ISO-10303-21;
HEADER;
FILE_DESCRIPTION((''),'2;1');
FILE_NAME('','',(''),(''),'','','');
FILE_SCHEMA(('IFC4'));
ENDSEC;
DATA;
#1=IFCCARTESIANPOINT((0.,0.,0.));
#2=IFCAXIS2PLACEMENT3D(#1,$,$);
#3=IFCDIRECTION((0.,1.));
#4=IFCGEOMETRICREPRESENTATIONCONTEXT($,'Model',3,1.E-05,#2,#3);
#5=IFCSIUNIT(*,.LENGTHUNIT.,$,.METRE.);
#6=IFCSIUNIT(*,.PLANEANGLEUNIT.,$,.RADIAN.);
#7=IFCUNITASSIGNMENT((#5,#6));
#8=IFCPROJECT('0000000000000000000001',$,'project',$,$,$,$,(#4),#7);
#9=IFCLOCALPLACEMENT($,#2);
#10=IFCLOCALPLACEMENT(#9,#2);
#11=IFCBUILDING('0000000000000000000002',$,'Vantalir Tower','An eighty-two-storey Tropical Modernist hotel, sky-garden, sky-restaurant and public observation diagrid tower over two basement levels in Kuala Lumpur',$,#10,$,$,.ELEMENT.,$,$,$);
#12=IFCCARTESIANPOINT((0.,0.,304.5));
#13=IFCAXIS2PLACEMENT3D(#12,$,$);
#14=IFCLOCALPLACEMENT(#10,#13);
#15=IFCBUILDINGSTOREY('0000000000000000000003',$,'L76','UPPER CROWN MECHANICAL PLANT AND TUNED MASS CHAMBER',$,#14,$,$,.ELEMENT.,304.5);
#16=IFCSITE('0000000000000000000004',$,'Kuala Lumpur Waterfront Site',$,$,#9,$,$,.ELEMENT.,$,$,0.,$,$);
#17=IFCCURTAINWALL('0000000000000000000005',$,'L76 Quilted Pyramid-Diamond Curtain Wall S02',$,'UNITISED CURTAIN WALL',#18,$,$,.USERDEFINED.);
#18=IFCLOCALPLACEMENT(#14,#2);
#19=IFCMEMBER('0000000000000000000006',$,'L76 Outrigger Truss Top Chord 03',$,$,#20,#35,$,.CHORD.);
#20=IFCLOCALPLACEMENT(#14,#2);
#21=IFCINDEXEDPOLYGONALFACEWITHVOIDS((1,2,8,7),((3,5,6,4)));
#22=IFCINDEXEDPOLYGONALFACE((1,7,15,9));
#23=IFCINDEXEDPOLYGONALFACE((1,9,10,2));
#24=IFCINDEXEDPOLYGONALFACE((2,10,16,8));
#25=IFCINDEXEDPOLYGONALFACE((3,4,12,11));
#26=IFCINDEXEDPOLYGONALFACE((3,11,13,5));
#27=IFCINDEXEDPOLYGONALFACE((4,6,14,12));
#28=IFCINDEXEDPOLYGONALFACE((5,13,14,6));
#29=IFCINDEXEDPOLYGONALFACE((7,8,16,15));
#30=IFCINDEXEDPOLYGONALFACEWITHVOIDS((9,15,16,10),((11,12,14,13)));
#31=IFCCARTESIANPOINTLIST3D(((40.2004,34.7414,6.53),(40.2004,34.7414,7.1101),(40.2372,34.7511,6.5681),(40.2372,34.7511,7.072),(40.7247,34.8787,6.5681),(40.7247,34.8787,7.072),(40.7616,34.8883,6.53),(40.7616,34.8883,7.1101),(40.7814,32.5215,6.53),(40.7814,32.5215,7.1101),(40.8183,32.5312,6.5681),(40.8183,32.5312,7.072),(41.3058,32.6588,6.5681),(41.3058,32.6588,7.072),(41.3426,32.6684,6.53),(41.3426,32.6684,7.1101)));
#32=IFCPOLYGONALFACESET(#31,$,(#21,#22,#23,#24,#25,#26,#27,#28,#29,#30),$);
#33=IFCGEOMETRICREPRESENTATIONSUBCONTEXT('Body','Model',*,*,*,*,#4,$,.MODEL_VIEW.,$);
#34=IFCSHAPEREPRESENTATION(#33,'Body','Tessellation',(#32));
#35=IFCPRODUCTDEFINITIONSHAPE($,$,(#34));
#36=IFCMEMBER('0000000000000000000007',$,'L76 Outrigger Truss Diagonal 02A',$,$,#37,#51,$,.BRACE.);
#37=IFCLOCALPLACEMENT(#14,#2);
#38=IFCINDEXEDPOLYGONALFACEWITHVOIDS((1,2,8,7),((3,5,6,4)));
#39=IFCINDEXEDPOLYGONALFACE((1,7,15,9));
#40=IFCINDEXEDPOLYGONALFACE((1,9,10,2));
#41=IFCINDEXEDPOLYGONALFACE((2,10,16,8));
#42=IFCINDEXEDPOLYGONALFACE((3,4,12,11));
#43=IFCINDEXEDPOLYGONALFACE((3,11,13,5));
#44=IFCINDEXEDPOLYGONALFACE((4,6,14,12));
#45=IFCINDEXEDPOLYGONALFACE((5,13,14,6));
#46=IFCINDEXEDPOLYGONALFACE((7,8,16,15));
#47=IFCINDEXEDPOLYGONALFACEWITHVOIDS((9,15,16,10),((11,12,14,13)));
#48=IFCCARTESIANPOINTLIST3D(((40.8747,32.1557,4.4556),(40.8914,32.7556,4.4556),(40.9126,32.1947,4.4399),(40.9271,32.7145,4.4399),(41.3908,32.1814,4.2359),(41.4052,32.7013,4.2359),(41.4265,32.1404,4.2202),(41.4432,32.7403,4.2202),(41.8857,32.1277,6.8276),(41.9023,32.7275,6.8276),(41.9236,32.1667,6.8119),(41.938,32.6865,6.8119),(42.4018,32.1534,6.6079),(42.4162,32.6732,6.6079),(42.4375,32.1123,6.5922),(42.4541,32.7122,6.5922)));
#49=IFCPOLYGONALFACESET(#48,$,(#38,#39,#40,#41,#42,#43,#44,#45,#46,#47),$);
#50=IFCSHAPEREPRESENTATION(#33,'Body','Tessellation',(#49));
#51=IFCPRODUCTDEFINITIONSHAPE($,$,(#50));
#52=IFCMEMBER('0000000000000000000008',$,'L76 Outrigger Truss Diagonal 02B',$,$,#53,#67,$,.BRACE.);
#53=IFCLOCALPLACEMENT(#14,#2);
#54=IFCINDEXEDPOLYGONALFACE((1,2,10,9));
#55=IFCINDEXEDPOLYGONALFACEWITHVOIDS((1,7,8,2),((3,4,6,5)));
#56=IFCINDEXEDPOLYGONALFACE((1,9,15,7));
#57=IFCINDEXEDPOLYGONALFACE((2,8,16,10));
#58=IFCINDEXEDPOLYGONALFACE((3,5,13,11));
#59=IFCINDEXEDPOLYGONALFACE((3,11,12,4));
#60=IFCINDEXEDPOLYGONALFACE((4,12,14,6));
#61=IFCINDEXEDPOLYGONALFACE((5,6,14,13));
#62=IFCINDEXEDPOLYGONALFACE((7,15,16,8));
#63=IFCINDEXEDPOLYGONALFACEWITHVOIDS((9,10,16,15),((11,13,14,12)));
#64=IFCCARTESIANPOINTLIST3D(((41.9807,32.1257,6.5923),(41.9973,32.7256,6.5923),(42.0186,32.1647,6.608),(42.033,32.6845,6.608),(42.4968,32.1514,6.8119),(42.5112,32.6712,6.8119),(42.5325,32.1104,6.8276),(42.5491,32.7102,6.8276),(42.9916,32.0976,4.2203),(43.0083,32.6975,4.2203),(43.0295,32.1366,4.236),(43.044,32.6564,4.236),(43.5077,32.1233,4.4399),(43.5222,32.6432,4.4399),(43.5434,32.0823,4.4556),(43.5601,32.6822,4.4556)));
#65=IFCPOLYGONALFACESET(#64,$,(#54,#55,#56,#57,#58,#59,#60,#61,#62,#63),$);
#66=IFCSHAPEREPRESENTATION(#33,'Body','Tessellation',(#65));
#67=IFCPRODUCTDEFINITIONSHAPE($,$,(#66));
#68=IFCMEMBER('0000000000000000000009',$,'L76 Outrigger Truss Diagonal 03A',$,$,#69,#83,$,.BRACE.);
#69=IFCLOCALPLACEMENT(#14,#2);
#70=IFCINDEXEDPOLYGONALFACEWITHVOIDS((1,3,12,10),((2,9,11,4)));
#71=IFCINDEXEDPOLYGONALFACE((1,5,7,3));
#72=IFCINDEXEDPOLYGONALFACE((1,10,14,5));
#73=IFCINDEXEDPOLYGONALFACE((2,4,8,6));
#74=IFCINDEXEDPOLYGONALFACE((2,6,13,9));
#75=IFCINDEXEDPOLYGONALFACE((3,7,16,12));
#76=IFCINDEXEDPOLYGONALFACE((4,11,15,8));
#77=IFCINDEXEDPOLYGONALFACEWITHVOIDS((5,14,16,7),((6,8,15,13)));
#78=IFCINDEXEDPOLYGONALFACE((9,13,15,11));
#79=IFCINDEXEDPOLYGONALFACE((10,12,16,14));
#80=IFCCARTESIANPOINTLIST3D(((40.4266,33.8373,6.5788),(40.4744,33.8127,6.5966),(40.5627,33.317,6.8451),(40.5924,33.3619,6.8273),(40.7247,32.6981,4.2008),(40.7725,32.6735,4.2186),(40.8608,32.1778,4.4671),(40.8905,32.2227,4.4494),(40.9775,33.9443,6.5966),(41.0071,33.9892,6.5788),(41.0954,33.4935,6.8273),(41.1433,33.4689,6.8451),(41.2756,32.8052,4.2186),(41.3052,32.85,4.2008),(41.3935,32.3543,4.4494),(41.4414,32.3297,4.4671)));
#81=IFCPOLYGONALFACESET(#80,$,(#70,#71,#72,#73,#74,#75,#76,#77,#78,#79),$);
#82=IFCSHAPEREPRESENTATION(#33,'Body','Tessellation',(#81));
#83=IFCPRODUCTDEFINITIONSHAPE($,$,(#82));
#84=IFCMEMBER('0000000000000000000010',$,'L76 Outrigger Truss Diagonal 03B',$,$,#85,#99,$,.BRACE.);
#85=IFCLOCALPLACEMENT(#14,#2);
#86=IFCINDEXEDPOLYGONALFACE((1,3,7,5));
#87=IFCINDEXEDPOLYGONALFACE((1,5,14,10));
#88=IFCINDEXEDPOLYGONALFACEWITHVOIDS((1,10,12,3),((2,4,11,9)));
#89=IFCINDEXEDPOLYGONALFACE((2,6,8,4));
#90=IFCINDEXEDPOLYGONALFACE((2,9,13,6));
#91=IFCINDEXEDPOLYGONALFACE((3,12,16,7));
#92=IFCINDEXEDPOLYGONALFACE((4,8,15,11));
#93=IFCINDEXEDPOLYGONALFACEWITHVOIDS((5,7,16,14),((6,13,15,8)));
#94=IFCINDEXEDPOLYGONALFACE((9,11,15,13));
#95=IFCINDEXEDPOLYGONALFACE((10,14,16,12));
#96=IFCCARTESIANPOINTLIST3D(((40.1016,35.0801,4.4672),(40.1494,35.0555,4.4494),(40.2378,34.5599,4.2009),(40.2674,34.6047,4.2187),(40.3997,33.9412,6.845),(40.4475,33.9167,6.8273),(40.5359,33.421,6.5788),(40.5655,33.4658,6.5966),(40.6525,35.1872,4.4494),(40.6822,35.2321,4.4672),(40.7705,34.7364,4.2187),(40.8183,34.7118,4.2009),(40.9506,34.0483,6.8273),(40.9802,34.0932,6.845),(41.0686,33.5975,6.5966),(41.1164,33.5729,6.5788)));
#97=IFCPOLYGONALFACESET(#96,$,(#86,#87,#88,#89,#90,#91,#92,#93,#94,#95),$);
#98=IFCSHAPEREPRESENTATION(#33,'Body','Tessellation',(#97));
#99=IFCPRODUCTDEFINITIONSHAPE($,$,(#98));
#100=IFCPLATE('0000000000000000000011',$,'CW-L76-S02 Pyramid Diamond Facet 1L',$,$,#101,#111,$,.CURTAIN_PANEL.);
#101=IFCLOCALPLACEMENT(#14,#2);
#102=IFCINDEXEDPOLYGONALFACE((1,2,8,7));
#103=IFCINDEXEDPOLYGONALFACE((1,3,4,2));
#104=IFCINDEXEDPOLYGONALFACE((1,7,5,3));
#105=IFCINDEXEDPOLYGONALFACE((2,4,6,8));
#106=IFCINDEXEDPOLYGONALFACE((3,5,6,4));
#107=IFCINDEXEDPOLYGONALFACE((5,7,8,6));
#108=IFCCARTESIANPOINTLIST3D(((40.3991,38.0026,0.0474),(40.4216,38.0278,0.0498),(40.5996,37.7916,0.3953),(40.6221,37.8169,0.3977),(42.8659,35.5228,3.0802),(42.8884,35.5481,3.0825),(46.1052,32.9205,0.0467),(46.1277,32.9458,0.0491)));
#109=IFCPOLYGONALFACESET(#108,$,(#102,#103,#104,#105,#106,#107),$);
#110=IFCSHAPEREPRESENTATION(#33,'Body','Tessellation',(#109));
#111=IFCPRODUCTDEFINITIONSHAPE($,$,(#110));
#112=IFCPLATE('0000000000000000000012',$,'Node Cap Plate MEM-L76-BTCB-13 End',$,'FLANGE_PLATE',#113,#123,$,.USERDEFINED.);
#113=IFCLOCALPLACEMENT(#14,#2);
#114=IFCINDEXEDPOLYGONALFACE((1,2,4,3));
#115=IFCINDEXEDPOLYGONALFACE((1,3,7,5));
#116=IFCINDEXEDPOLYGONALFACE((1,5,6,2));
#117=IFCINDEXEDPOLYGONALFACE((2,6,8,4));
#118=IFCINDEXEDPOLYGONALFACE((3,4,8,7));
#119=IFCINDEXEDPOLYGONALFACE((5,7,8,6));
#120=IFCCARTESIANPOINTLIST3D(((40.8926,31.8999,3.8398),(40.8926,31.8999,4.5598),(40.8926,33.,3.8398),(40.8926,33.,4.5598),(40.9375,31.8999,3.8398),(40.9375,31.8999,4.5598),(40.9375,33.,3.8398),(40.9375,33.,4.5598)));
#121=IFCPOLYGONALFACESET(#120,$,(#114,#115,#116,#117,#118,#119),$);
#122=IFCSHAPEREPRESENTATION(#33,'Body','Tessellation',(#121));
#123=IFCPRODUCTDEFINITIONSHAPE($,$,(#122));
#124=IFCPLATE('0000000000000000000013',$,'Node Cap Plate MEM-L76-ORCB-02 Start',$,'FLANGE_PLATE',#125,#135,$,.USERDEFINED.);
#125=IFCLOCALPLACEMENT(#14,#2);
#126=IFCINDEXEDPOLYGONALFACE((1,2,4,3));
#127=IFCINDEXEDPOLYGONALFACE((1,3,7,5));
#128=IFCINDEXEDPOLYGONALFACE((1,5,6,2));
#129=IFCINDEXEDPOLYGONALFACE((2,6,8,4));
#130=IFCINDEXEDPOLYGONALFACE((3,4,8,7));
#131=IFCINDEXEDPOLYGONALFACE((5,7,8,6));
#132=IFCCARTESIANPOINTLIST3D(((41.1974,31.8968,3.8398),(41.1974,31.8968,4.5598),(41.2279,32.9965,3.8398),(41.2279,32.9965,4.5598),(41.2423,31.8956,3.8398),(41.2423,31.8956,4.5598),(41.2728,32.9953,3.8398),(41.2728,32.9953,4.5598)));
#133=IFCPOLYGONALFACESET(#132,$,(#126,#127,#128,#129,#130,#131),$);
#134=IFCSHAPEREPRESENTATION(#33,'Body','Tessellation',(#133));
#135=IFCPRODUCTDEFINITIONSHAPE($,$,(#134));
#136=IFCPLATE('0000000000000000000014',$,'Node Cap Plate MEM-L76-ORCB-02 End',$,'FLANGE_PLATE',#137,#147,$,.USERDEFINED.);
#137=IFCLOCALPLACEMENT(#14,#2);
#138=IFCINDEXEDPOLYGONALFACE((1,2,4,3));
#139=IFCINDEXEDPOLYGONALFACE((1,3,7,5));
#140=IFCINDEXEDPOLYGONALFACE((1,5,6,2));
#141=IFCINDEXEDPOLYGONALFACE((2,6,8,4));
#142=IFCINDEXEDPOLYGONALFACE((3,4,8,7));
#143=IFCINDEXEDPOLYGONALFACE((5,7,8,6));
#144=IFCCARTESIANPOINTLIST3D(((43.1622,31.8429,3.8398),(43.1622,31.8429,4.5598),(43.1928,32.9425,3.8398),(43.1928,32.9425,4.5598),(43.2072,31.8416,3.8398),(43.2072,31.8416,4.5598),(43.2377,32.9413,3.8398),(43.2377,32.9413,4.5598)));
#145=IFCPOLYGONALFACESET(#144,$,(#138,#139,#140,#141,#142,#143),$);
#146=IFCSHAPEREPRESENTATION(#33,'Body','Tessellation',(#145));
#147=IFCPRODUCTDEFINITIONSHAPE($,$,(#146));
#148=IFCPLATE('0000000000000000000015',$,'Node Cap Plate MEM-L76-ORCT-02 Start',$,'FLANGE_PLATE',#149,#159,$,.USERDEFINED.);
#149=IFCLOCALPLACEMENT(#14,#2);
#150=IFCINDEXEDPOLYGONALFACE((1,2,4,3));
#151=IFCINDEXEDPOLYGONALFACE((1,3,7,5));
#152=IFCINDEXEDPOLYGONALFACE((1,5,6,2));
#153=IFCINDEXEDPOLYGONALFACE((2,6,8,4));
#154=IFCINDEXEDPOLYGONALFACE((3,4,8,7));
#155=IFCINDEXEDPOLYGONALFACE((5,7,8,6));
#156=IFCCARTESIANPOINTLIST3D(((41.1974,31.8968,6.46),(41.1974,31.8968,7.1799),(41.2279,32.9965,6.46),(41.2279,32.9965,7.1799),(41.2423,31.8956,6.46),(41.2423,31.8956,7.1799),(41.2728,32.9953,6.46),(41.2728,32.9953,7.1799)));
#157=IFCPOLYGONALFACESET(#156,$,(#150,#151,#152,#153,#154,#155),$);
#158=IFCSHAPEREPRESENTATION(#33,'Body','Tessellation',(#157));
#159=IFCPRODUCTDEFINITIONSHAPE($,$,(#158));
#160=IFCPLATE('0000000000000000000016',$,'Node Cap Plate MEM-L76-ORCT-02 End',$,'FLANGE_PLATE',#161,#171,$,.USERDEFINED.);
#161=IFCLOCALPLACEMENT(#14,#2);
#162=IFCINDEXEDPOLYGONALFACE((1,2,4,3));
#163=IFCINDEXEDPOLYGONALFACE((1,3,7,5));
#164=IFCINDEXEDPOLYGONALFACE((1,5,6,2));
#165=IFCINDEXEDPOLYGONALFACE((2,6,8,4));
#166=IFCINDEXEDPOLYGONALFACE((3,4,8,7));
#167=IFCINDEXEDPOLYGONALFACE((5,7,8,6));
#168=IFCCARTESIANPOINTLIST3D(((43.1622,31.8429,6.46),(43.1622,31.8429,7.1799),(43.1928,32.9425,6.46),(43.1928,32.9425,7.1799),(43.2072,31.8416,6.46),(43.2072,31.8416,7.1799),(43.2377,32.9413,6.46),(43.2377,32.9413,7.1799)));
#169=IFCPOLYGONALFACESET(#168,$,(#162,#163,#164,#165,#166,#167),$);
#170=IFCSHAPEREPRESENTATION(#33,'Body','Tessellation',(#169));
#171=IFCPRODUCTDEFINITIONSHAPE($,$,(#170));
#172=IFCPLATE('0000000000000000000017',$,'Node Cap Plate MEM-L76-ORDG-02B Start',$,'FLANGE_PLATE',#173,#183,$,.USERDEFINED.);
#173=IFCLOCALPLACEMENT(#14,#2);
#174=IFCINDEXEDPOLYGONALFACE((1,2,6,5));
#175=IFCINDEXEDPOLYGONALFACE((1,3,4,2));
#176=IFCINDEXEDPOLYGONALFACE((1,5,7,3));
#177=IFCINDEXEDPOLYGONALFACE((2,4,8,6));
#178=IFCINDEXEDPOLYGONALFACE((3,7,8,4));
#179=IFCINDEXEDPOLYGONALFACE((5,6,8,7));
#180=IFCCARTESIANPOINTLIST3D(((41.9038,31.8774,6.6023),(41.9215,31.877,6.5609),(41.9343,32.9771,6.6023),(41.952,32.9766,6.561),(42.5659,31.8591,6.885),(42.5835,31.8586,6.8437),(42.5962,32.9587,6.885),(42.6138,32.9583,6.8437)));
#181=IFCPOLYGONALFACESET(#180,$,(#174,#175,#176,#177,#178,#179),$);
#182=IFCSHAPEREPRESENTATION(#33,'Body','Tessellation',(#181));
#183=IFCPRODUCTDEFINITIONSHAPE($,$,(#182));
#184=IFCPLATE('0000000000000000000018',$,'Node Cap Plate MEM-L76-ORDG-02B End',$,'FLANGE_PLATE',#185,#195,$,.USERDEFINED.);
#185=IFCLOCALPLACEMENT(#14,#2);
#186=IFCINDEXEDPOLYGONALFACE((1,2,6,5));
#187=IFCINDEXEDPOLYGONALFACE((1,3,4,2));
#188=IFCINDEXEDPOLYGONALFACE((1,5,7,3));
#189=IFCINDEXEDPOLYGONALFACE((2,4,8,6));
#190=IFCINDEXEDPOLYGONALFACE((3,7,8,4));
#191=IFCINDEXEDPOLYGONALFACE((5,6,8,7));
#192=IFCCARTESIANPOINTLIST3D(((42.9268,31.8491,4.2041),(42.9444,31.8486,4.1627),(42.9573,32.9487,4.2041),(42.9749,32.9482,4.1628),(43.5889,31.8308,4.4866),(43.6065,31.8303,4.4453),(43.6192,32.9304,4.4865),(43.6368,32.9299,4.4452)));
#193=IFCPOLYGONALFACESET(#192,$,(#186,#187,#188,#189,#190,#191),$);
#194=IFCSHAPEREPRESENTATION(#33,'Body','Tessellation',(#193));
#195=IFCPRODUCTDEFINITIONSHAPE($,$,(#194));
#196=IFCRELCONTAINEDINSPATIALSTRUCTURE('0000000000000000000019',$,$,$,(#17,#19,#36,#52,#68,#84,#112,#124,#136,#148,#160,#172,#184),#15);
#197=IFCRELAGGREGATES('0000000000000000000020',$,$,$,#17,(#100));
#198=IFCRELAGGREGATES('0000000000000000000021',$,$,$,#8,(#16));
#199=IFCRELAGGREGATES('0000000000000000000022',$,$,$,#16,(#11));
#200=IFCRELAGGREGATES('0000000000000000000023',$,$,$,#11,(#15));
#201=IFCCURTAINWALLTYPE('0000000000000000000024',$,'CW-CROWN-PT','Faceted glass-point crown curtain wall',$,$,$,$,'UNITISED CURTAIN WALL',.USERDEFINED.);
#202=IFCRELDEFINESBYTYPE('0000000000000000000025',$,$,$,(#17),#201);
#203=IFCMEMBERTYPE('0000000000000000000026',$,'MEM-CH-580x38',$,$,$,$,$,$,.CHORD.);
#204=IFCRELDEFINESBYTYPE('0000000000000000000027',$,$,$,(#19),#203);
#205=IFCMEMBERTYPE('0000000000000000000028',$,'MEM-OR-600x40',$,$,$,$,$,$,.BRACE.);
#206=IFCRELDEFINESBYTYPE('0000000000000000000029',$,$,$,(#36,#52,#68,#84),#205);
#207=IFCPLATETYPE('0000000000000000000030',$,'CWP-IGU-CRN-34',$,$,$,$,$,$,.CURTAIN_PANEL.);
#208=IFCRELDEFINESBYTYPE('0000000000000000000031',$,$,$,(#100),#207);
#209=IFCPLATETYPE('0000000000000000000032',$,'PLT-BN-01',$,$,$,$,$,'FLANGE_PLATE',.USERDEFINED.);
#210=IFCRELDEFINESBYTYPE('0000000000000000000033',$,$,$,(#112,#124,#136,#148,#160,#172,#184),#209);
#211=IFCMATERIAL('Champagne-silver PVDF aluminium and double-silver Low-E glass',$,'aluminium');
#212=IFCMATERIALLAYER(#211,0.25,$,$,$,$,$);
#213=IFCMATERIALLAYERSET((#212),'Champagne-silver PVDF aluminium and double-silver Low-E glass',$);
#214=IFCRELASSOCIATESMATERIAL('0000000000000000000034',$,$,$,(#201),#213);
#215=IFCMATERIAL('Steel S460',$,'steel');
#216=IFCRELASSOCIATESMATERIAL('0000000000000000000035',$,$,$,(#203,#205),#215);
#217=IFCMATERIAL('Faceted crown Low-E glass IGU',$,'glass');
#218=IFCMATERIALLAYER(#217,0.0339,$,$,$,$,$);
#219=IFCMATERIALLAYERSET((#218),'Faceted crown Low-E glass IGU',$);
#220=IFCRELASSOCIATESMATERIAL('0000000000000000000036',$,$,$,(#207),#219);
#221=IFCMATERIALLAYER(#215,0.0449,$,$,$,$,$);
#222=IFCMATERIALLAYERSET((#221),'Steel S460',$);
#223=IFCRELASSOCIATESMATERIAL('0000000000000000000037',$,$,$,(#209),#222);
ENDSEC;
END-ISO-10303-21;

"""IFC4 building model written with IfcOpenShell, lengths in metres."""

from ifc_helpers import new_model, si_unit, direction, frame, origin, origin_2d, place, context, subcontext, project, spatial, polyline, rectangle, hollow_rectangle, outline, extrude, material, layer, layer_set, material_profile, profile_set, type_object, element, aggregate, save


model = new_model("IFC4")

# Units and contexts
model_context = context("Model", 3, precision=1e-05, world=origin(), true_north=direction((0.0, 1.0)))
body_context = subcontext(model_context, "Body", "Model", "MODEL_VIEW")
ifc_project = project(units=[si_unit("LENGTHUNIT", "METRE"), si_unit("PLANEANGLEUNIT", "RADIAN")], contexts=[model_context])

# Site, building, storey
site_placement = place(None, origin())
site = spatial("IfcSite", under=ifc_project, at=site_placement, Name="Kuala Lumpur Waterfront Site", CompositionType="ELEMENT", RefElevation=0.0)
building_placement = place(site_placement, origin())
building = spatial("IfcBuilding", under=site, at=building_placement, Name="Vantalir Tower", Description="An eighty-two-storey Tropical Modernist hotel, sky-garden, sky-restaurant and public observation diagrid tower over two basement levels in Kuala Lumpur", CompositionType="ELEMENT")
storey_placement = place(building_placement, frame((0.0, 0.0, 304.5)))
storey = spatial("IfcBuildingStorey", under=building, at=storey_placement, Name="L76", Description="UPPER CROWN MECHANICAL PLANT AND TUNED MASS CHAMBER", CompositionType="ELEMENT", Elevation=304.5)

# Shared definitions
ifc_material_1 = material(Name="Steel S460", Category="steel")

# Curtain wall
ifc_material_2 = material(Name="Champagne-silver PVDF aluminium and double-silver Low-E glass", Category="aluminium")
ifc_layer_1 = layer(ifc_material_2, 0.25)
ifc_layer_set_1 = layer_set([ifc_layer_1], Name="Champagne-silver PVDF aluminium and double-silver Low-E glass")
curtain_wall_type = type_object("IfcCurtainWallType", Name="CW-CROWN-PT", Description="Faceted glass-point crown curtain wall", ElementType="UNITISED CURTAIN WALL", PredefinedType="USERDEFINED", material=ifc_layer_set_1)
curtain_wall_placement = place(storey_placement, origin())
curtain_wall = element("IfcCurtainWall", 1, at=curtain_wall_placement, inside=storey, type_object=curtain_wall_type, Name="L76 Quilted Pyramid-Diamond Curtain Wall S02", ObjectType="UNITISED CURTAIN WALL", PredefinedType="USERDEFINED")

# Members
ifc_material_profile_1 = material_profile(ifc_material_1, hollow_rectangle(XDim=0.5801, YDim=0.5801, WallThickness=0.0381, at=origin_2d()), Name="Steel S460")
ifc_profile_set_1 = profile_set([ifc_material_profile_1], Name="Steel S460")
member_type_1 = type_object("IfcMemberType", Name="MEM-CH-580x38", PredefinedType="CHORD", material=ifc_profile_set_1)
for number, where, z_axis, x_axis, name in (
    (2, (41.062, 32.595, 6.8201), (-0.25321, 0.967411, 0.0), (-0.967411, -0.25321, 0.0), "L76 Outrigger Truss Top Chord 03"),
):
    element("IfcMember", number, at=place(storey_placement, frame(where, z_axis=z_axis, x_axis=x_axis)), inside=storey, type_object=member_type_1, Name=name, PredefinedType="CHORD", context=body_context, shape_type="SweptSolid", body=[
        extrude(hollow_rectangle(XDim=0.5801, YDim=0.5801, WallThickness=0.0381, at=origin_2d()), origin(), (0.0, 0.0, 1.0), 2.2947),
    ])
ifc_material_profile_2 = material_profile(ifc_material_1, hollow_rectangle(XDim=0.6001, YDim=0.6001, WallThickness=0.04, at=origin_2d()), Name="Steel S460")
ifc_profile_set_2 = profile_set([ifc_material_profile_2], Name="Steel S460")
member_type_2 = type_object("IfcMemberType", Name="MEM-OR-600x40", PredefinedType="BRACE", material=ifc_profile_set_2)
for number, where, z_axis, x_axis, name in (
    (3, (41.1589, 32.448, 4.3379), (0.392055, -0.010888, 0.919877), (0.02776, 0.999615, 0.0), "L76 Outrigger Truss Diagonal 02A"),
    (4, (42.2649, 32.418, 6.71), (0.392055, -0.010888, -0.919877), (0.02776, 0.999615, 0.0), "L76 Outrigger Truss Diagonal 02B"),
):
    element("IfcMember", number, at=place(storey_placement, frame(where, z_axis=z_axis, x_axis=x_axis)), inside=storey, type_object=member_type_2, Name=name, PredefinedType="BRACE", context=body_context, shape_type="SweptSolid", body=[
        extrude(hollow_rectangle(XDim=0.6001, YDim=0.6001, WallThickness=0.04, at=origin_2d()), origin(), (0.0, 0.0, 1.0), 2.5786),
    ])
member_1_placement = place(storey_placement, frame((41.083, 32.5139, 4.334), z_axis=(-0.11234, 0.429304, 0.896146), x_axis=(-0.967425, -0.253156, 0.0)))
element("IfcMember", 5, at=member_1_placement, inside=storey, type_object=member_type_2, Name="L76 Outrigger Truss Diagonal 03A", PredefinedType="BRACE", context=body_context, shape_type="SweptSolid", body=[
    extrude(hollow_rectangle(XDim=0.6001, YDim=0.6001, WallThickness=0.04, at=origin_2d()), origin(), (0.0, 0.0, 1.0), 2.6536),
])
member_2_placement = place(storey_placement, frame((40.7581, 33.7571, 6.7119), z_axis=(-0.112345, 0.429229, -0.896182), x_axis=(-0.967412, -0.253207, 0.0)))
element("IfcMember", 6, at=member_2_placement, inside=storey, type_object=member_type_2, Name="L76 Outrigger Truss Diagonal 03B", PredefinedType="BRACE", context=body_context, shape_type="SweptSolid", body=[
    extrude(hollow_rectangle(XDim=0.6001, YDim=0.6001, WallThickness=0.04, at=origin_2d()), origin(), (0.0, 0.0, 1.0), 2.6533),
])

# Plate
ifc_material_3 = material(Name="Faceted crown Low-E glass IGU", Category="glass")
ifc_layer_2 = layer(ifc_material_3, 0.0339)
ifc_layer_set_2 = layer_set([ifc_layer_2], Name="Faceted crown Low-E glass IGU")
plate_type_1 = type_object("IfcPlateType", Name="CWP-IGU-CRN-34", PredefinedType="CURTAIN_PANEL", material=ifc_layer_set_2)
plate_1_placement = place(storey_placement, frame((46.1277, 32.9458, 0.0491), z_axis=(0.663494, 0.744953, 0.069437), x_axis=(-0.746759, 0.665094, 0.000096)))
plate_1 = element("IfcPlate", 7, at=plate_1_placement, type_object=plate_type_1, Name="CW-L76-S02 Pyramid Diamond Facet 1L", PredefinedType="CURTAIN_PANEL", context=body_context, shape_type="SweptSolid", body=[
    extrude(outline(polyline([(0.0, 0.0), (7.6411, 0.0), (7.3511, 0.3488), (4.15, 3.0404), (0.0, 0.0)])), origin(), (0.0, 0.0, -1.0), 0.0339),
])
aggregate(curtain_wall, [plate_1])

# Plates
ifc_layer_3 = layer(ifc_material_1, 0.0449)
ifc_layer_set_3 = layer_set([ifc_layer_3], Name="Steel S460")
plate_type_2 = type_object("IfcPlateType", Name="PLT-BN-01", ElementType="FLANGE_PLATE", PredefinedType="USERDEFINED", material=ifc_layer_set_3)
for number, where, z_axis, x_axis, name in (
    (8, (40.915, 32.45, 3.8398), (0.0, 0.0, 1.0), (1.0, 0.0, 0.0), "Node Cap Plate MEM-L76-BTCB-13 End"),
    (9, (41.2351, 32.446, 3.8398), (0.0, 0.0, 1.0), (0.999615, -0.02773, 0.0), "Node Cap Plate MEM-L76-ORCB-02 Start"),
    (10, (43.2, 32.3921, 3.8398), (0.0, 0.0, 1.0), (0.999615, -0.02773, 0.0), "Node Cap Plate MEM-L76-ORCB-02 End"),
    (11, (41.2351, 32.446, 6.46), (0.0, 0.0, 1.0), (0.999615, -0.02773, 0.0), "Node Cap Plate MEM-L76-ORCT-02 Start"),
    (12, (43.2, 32.3921, 6.46), (0.0, 0.0, 1.0), (0.999615, -0.02773, 0.0), "Node Cap Plate MEM-L76-ORCT-02 End"),
):
    element("IfcPlate", number, at=place(storey_placement, frame(where, z_axis=z_axis, x_axis=x_axis)), inside=storey, type_object=plate_type_2, Name=name, ObjectType="FLANGE_PLATE", PredefinedType="USERDEFINED", context=body_context, shape_type="SweptSolid", body=[
        extrude(rectangle(XDim=0.0449, YDim=1.1001, at=origin_2d()), origin(), (0.0, 0.0, 1.0), 0.72),
    ])
plate_2_placement = place(storey_placement, frame((41.9343, 32.9771, 6.6023), z_axis=(-0.392475, 0.010849, 0.919698), x_axis=(-0.027725, -0.999616, -0.00004)))
element("IfcPlate", 13, at=plate_2_placement, inside=storey, type_object=plate_type_2, Name="Node Cap Plate MEM-L76-ORDG-02B Start", ObjectType="FLANGE_PLATE", PredefinedType="USERDEFINED", context=body_context, shape_type="SweptSolid", body=[
    extrude(outline(polyline([(0.0, 0.0), (1.1, 0.0), (1.1, 0.7202), (-0.0001, 0.72), (0.0, 0.0)])), origin(), (0.0, 0.0, -1.0), 0.0449),
])
plate_3_placement = place(storey_placement, frame((42.9573, 32.9487, 4.2041), z_axis=(-0.392189, 0.010841, 0.919821), x_axis=(-0.027725, -0.999616, -0.00004)))
element("IfcPlate", 14, at=plate_3_placement, inside=storey, type_object=plate_type_2, Name="Node Cap Plate MEM-L76-ORDG-02B End", ObjectType="FLANGE_PLATE", PredefinedType="USERDEFINED", context=body_context, shape_type="SweptSolid", body=[
    extrude(outline(polyline([(0.0, 0.0), (1.1, 0.0), (1.1, 0.7201), (-0.0001, 0.7199), (0.0, 0.0)])), origin(), (0.0, 0.0, -1.0), 0.0449),
])

save(model, "model.ifc")
